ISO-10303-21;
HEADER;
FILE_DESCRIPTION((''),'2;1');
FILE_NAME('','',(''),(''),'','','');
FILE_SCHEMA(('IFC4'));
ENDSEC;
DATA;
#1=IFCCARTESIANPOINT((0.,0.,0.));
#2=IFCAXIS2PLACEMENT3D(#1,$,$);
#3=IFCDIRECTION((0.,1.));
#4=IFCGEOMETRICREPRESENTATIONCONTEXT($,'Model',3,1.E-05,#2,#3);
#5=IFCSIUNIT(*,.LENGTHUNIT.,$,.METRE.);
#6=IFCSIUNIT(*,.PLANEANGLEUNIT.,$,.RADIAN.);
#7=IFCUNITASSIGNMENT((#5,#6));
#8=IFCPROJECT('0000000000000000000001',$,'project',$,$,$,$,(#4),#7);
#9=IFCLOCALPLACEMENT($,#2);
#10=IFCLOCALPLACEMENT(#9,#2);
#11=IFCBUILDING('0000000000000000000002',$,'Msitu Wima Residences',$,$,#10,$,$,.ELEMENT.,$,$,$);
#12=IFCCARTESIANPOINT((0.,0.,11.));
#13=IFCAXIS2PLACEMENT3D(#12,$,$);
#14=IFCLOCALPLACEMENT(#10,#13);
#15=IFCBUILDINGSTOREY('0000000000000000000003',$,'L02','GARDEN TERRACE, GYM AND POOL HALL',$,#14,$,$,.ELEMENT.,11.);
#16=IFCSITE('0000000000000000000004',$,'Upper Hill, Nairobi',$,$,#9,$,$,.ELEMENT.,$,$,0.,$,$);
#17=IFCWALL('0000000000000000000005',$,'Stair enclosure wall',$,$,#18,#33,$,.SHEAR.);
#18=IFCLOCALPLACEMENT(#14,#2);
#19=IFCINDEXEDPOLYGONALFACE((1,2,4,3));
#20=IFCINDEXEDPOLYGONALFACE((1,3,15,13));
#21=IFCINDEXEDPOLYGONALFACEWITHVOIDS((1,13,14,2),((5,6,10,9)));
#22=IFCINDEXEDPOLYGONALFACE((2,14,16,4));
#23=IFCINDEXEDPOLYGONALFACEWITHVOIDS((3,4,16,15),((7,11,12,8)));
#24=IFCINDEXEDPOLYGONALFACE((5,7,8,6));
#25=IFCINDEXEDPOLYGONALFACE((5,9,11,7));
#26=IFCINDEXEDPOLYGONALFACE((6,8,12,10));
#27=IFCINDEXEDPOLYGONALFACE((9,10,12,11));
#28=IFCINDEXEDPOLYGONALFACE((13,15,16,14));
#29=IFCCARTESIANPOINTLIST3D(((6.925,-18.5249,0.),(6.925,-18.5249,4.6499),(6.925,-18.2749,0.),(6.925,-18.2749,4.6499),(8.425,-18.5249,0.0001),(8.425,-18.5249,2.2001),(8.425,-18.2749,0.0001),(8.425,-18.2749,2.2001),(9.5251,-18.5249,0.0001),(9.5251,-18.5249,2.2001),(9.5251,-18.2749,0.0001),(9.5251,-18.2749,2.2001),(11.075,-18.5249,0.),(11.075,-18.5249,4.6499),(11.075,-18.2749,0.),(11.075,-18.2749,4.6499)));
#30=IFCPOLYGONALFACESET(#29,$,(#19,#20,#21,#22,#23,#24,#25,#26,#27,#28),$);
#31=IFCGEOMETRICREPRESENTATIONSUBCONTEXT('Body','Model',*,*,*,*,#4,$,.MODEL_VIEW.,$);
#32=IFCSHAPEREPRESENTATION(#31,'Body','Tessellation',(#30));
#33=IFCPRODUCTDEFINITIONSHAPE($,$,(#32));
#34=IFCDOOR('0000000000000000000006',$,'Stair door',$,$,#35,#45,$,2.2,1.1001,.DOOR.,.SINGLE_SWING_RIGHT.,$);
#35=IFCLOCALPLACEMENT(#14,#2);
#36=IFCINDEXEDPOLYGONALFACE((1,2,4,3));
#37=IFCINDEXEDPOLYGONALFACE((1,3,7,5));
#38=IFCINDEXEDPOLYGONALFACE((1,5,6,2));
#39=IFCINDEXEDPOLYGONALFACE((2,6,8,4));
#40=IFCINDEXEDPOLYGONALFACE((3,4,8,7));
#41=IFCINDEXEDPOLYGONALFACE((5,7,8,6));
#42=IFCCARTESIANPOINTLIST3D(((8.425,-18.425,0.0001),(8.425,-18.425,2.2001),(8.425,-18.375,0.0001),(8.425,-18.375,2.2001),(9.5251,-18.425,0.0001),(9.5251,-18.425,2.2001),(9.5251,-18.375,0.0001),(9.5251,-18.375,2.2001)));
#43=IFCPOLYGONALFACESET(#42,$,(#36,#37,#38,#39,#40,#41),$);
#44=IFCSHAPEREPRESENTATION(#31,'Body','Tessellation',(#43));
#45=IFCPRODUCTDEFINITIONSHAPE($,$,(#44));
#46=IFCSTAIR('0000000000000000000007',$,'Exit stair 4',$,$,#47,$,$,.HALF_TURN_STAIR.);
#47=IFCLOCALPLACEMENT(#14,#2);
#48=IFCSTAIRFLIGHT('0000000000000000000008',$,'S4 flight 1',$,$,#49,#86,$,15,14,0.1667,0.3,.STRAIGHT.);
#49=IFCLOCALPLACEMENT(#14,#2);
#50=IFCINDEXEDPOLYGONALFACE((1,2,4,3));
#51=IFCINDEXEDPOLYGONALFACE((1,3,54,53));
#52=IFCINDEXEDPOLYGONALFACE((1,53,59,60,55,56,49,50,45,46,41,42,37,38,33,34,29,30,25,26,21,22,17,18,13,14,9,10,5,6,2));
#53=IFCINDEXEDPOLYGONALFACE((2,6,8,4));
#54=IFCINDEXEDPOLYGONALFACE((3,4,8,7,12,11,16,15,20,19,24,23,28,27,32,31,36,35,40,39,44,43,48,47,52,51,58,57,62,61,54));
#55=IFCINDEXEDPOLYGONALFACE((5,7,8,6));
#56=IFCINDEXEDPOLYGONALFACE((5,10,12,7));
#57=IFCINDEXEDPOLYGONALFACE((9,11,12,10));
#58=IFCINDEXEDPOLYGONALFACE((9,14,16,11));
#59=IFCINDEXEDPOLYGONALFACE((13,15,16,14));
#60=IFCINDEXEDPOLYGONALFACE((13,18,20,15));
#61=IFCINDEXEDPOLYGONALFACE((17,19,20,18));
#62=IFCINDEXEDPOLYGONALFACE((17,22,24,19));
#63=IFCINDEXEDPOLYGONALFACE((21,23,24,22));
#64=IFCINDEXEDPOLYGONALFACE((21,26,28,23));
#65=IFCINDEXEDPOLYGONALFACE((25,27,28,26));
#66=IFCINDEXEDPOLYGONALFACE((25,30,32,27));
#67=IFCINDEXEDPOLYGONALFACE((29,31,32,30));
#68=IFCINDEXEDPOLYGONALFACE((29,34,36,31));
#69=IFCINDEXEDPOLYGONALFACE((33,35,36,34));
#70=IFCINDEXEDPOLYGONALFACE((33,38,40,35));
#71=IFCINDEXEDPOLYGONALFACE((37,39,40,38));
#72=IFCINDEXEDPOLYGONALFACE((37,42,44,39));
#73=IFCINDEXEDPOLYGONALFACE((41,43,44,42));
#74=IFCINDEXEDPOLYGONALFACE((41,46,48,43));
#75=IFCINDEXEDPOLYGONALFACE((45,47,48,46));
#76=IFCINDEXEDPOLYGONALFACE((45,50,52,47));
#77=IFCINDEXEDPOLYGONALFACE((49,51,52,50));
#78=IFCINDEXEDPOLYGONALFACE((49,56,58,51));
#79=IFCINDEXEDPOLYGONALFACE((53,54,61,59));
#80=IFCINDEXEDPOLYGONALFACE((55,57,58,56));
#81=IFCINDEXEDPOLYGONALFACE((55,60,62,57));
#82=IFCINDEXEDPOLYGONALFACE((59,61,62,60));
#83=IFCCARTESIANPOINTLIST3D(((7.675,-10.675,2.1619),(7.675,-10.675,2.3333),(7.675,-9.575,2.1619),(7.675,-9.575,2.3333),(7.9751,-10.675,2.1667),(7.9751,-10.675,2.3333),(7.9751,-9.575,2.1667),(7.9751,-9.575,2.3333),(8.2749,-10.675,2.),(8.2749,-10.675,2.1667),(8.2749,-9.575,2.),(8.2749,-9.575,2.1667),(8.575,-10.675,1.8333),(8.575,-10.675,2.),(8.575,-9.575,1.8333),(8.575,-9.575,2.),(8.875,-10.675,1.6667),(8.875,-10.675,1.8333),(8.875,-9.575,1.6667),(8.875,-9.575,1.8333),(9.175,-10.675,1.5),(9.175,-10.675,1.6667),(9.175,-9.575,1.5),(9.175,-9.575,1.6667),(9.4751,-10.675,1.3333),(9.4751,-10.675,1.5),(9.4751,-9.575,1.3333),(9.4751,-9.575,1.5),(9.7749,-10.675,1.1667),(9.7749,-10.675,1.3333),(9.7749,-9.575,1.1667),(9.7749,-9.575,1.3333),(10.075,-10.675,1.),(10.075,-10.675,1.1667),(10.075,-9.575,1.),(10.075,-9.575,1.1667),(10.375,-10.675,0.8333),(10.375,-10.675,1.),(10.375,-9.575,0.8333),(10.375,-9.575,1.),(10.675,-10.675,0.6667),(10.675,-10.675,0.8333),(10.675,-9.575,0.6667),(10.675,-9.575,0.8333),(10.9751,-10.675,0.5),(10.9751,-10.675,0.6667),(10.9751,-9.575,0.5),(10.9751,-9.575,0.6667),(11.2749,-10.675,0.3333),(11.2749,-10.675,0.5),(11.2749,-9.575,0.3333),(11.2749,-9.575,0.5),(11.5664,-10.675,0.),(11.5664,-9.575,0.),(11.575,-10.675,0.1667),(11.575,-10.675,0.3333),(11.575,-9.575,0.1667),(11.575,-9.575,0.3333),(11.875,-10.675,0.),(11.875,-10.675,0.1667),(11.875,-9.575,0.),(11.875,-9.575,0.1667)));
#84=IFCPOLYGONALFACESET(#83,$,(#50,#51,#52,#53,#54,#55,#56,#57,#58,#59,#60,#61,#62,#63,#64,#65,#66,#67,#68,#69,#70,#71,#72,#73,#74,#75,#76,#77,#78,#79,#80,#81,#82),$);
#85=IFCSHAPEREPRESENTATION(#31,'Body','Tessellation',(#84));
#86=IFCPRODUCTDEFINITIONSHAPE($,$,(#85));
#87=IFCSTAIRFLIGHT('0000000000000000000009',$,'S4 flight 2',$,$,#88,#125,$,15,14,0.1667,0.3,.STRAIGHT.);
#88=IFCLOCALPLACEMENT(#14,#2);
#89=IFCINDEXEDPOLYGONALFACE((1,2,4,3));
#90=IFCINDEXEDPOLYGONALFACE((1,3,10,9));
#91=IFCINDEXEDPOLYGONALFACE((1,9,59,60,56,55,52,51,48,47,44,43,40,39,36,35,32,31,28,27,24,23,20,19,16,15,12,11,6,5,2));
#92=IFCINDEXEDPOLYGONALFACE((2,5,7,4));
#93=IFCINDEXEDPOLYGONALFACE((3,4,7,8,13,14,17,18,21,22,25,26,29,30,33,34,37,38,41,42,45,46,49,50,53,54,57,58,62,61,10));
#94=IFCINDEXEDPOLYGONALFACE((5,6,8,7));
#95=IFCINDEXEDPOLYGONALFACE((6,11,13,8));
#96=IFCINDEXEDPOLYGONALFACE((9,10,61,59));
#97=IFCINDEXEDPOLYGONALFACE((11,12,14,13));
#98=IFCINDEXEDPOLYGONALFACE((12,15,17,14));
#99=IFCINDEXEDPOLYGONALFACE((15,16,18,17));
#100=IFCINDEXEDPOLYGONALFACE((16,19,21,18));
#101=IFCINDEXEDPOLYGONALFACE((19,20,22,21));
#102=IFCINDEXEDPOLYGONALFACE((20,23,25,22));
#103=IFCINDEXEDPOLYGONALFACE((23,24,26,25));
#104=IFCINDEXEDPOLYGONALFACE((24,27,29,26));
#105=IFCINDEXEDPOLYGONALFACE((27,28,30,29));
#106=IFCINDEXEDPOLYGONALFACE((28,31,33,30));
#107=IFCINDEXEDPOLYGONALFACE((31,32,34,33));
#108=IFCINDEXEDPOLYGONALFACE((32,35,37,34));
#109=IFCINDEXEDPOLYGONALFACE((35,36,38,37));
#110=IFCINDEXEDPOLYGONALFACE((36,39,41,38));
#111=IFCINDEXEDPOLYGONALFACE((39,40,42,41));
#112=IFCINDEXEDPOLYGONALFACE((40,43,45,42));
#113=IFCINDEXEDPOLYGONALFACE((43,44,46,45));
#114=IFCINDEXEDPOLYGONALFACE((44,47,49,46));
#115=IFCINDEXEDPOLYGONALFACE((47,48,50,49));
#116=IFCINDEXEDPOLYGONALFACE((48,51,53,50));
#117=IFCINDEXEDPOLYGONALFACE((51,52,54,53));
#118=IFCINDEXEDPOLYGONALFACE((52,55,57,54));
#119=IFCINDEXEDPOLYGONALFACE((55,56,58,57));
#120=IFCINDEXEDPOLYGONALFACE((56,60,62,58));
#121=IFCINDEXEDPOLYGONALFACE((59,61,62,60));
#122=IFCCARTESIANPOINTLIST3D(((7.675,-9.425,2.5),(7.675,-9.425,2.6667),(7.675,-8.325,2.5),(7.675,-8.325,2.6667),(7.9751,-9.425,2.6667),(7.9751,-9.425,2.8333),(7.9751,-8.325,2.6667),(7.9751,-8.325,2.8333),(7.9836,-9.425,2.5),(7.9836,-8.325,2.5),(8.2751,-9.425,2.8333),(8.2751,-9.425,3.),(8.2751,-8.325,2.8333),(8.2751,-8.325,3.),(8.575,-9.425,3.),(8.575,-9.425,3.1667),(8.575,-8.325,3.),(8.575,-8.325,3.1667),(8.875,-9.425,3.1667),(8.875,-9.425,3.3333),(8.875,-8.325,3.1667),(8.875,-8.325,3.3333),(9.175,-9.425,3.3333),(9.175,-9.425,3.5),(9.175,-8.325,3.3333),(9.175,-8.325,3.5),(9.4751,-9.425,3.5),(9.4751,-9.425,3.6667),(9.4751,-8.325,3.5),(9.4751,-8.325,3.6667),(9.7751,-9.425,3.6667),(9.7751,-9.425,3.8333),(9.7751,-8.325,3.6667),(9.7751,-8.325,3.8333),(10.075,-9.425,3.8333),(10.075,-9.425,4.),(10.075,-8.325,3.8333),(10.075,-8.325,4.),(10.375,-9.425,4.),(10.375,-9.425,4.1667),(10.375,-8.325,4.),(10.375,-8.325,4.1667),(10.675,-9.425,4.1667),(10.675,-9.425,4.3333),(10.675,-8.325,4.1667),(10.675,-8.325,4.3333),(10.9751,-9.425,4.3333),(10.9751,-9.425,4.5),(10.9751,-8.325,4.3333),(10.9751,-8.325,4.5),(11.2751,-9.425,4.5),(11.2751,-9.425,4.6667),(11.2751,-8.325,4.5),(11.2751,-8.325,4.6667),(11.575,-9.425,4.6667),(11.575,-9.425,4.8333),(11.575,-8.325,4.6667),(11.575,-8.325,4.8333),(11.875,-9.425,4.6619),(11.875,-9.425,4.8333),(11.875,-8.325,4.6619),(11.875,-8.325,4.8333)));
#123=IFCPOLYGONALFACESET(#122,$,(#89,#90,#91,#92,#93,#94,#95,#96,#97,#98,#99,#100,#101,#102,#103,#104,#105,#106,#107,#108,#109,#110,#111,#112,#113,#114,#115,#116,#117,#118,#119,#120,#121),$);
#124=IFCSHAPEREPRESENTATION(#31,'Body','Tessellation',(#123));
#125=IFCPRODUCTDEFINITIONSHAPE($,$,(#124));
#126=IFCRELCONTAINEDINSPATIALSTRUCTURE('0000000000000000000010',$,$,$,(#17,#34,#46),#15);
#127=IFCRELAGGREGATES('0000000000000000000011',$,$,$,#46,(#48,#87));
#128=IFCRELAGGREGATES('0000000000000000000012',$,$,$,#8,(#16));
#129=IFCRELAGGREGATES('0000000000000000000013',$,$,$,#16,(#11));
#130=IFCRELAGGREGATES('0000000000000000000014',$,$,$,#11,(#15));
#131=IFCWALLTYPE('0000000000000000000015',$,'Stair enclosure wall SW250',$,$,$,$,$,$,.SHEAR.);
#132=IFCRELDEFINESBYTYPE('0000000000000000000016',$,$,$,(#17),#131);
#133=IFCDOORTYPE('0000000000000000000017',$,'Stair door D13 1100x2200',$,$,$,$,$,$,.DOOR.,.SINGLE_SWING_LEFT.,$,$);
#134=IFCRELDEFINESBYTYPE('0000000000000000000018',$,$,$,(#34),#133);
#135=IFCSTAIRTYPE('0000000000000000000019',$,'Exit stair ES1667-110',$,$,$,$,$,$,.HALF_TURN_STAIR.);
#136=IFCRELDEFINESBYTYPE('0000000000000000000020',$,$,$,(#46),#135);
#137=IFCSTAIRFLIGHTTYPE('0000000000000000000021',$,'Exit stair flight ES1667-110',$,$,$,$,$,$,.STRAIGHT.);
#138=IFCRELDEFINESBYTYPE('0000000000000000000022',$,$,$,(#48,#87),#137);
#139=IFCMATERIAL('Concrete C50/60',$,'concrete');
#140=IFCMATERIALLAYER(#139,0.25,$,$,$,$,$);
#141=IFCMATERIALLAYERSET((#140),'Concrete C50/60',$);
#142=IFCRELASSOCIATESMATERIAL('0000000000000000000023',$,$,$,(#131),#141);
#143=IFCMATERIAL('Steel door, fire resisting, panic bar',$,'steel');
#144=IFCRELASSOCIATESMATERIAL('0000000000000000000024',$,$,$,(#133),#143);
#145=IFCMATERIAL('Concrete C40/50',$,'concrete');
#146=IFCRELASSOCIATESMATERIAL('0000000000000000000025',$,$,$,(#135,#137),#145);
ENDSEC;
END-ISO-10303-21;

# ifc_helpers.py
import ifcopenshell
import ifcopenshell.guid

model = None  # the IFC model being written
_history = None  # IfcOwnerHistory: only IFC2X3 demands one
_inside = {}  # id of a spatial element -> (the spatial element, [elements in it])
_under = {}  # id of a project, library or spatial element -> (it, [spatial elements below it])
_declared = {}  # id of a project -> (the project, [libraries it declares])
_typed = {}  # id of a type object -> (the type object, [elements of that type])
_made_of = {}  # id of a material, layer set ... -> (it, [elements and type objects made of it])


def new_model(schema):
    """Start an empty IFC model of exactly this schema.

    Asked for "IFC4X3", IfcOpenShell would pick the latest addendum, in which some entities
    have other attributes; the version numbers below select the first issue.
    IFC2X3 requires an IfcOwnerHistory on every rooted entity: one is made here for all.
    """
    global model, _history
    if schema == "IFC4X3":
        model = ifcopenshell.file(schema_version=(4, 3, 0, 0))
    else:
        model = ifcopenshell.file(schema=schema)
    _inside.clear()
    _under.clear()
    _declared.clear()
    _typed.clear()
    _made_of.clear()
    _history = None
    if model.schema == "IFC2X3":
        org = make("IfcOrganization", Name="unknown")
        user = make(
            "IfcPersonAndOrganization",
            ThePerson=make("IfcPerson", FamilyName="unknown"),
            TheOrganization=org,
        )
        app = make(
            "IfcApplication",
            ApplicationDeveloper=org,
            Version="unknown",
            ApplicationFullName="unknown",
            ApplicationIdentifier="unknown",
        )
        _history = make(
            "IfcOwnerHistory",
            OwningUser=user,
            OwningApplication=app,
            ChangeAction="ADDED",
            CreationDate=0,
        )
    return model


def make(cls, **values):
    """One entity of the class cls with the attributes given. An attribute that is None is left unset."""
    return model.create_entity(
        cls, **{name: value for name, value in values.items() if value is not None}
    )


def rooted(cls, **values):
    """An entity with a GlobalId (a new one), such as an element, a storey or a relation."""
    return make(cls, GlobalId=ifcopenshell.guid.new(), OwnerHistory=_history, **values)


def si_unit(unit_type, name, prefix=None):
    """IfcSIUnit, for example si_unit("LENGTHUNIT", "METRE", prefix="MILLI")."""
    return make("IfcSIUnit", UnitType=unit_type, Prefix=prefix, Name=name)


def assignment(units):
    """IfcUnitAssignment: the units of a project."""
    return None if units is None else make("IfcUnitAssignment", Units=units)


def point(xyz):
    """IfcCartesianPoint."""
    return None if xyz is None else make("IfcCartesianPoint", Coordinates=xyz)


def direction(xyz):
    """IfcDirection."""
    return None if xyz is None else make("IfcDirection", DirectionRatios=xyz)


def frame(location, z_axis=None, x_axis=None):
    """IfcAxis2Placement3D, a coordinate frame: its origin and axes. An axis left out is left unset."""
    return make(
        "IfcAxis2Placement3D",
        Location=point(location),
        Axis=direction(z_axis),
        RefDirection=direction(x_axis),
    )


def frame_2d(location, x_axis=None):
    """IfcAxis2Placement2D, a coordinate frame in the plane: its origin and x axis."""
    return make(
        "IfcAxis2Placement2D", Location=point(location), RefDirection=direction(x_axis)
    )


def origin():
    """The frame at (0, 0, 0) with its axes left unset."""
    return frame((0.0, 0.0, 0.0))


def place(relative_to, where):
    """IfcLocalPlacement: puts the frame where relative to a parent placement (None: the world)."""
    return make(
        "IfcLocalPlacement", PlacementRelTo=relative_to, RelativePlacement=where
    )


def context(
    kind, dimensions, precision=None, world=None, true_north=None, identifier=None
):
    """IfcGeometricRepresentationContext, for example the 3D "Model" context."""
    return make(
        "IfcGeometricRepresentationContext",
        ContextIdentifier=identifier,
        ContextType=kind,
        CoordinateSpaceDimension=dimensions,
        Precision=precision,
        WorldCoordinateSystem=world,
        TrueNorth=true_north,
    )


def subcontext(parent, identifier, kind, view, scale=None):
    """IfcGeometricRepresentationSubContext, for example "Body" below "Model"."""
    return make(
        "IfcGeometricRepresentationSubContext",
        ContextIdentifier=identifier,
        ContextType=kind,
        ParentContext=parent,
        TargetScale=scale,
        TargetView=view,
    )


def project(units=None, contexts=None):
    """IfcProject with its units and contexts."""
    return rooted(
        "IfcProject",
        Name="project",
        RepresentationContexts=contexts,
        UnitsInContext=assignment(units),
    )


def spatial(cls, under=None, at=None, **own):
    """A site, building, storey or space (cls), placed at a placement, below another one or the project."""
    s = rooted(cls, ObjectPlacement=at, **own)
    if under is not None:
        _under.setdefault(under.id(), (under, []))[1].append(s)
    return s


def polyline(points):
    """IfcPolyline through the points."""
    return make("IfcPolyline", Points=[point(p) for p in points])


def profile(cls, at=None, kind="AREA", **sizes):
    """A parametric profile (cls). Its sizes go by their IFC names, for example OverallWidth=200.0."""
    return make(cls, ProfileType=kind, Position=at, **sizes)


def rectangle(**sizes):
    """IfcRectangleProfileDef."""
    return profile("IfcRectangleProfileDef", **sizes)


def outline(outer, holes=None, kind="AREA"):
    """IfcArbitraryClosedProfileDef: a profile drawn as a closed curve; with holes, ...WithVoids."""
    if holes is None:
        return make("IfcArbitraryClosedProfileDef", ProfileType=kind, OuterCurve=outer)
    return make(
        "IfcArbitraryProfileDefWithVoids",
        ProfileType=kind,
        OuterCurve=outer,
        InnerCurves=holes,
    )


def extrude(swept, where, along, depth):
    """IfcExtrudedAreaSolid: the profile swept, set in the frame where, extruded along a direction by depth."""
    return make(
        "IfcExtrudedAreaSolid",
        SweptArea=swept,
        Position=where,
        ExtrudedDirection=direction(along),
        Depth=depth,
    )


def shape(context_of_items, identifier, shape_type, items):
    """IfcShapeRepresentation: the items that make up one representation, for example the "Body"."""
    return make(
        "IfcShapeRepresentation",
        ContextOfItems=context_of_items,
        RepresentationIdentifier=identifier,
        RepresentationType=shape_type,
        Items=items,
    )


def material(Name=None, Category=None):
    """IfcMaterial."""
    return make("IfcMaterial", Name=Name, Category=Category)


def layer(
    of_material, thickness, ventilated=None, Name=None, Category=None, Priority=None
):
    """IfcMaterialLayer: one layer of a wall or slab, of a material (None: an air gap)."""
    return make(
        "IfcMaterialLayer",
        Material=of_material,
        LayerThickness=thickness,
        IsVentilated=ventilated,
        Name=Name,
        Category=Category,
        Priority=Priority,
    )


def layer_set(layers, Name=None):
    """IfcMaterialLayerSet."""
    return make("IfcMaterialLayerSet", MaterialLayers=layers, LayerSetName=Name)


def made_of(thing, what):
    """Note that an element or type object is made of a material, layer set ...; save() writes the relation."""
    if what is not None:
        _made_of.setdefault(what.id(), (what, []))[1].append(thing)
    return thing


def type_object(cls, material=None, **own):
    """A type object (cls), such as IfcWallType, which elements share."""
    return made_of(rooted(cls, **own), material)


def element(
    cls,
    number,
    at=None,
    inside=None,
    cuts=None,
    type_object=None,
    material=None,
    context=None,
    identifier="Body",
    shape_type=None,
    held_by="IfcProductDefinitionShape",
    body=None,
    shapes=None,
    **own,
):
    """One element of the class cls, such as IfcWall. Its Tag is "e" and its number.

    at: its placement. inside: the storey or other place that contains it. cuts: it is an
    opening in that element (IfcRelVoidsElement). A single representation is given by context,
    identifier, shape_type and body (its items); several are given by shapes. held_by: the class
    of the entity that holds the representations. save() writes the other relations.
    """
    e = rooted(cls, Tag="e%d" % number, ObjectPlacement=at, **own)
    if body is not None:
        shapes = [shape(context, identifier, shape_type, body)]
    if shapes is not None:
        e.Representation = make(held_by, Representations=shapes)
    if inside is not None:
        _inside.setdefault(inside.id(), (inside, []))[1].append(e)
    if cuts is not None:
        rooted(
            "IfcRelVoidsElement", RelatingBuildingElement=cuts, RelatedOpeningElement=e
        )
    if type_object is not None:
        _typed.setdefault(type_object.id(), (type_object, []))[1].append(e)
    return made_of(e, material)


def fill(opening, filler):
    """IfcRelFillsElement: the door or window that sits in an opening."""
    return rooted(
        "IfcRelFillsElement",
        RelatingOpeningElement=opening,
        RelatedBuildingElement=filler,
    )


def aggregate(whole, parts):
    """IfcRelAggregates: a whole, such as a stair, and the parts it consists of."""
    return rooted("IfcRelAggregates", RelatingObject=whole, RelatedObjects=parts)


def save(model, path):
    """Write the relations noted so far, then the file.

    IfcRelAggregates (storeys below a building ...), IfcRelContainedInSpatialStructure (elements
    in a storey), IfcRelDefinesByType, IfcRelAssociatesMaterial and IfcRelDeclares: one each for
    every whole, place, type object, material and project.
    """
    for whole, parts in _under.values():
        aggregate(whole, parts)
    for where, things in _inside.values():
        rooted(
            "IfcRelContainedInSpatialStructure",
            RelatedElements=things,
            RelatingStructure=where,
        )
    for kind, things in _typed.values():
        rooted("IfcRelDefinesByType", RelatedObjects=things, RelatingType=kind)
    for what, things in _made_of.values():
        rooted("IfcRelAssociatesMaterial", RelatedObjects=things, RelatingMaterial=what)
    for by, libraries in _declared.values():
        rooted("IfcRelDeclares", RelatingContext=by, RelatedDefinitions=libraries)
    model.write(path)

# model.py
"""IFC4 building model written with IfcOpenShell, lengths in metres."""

from ifc_helpers import new_model, si_unit, direction, frame, frame_2d, origin, place, context, subcontext, project, spatial, polyline, rectangle, outline, extrude, material, layer, layer_set, type_object, element, fill, aggregate, save


model = new_model("IFC4")

# Units and contexts
model_context = context("Model", 3, precision=1e-05, world=origin(), true_north=direction((0.0, 1.0)))
body_context = subcontext(model_context, "Body", "Model", "MODEL_VIEW")
ifc_project = project(units=[si_unit("LENGTHUNIT", "METRE"), si_unit("PLANEANGLEUNIT", "RADIAN")], contexts=[model_context])

# Site, building, storey
site_placement = place(None, origin())
site = spatial("IfcSite", under=ifc_project, at=site_placement, Name="Upper Hill, Nairobi", CompositionType="ELEMENT", RefElevation=0.0)
building_placement = place(site_placement, origin())
building = spatial("IfcBuilding", under=site, at=building_placement, Name="Msitu Wima Residences", CompositionType="ELEMENT")
storey_placement = place(building_placement, frame((0.0, 0.0, 11.0)))
storey = spatial("IfcBuildingStorey", under=building, at=storey_placement, Name="L02", Description="GARDEN TERRACE, GYM AND POOL HALL", CompositionType="ELEMENT", Elevation=11.0)

# Shared definitions
ifc_material_1 = material(Name="Concrete C40/50", Category="concrete")

# Shared definitions
ifc_material_2 = material(Name="Concrete C50/60", Category="concrete")
ifc_layer_1 = layer(ifc_material_2, 0.25)
ifc_layer_set_1 = layer_set([ifc_layer_1], Name="Concrete C50/60")
wall_type_1 = type_object("IfcWallType", Name="Stair enclosure wall SW250", PredefinedType="SHEAR", material=ifc_layer_set_1)

# Wall, opening, door
wall_1_placement = place(storey_placement, frame((6.925, -18.3999, 0.0), z_axis=(0.0, 0.0, 1.0), x_axis=(1.0, 0.0, 0.0)))
wall_1 = element("IfcWall", 1, at=wall_1_placement, inside=storey, type_object=wall_type_1, Name="Stair enclosure wall", PredefinedType="SHEAR", context=body_context, shape_type="SweptSolid", body=[
    extrude(rectangle(XDim=4.1499, YDim=0.25, at=frame_2d((2.075, 0.0))), origin(), (0.0, 0.0, 1.0), 4.6499),
])
opening_1_placement = place(wall_1_placement, frame((1.5, 0.0, 0.0)))
opening_1 = element("IfcOpeningElement", 2, at=opening_1_placement, cuts=wall_1, PredefinedType="OPENING", context=body_context, shape_type="SweptSolid", body=[
    extrude(rectangle(XDim=1.1001, YDim=2.2, at=frame_2d((0.55, 1.1001))), frame((0.0, 0.135, 0.0), z_axis=(0.0, -1.0, 0.0), x_axis=(1.0, 0.0, 0.0)), (0.0, 0.0, 1.0), 0.27),
])
ifc_material_3 = material(Name="Steel door, fire resisting, panic bar", Category="steel")
door_type_1 = type_object("IfcDoorType", Name="Stair door D13 1100x2200", OperationType="SINGLE_SWING_LEFT", PredefinedType="DOOR", material=ifc_material_3)
door_1_placement = place(opening_1_placement, origin())
door_1 = element("IfcDoor", 3, at=door_1_placement, inside=storey, type_object=door_type_1, Name="Stair door", OperationType="SINGLE_SWING_RIGHT", OverallHeight=2.2, OverallWidth=1.1001, PredefinedType="DOOR", context=body_context, shape_type="SweptSolid", body=[
    extrude(rectangle(XDim=1.1001, YDim=2.2, at=frame_2d((0.55, 1.1001))), frame((0.0, 0.0249, 0.0), z_axis=(0.0, -1.0, 0.0), x_axis=(1.0, 0.0, 0.0)), (0.0, 0.0, 1.0), 0.05),
])
fill(opening_1, door_1)

# Stair, stair flights
stair_type = type_object("IfcStairType", Name="Exit stair ES1667-110", PredefinedType="HALF_TURN_STAIR", material=ifc_material_1)
stair_placement = place(storey_placement, origin())
stair = element("IfcStair", 4, at=stair_placement, inside=storey, type_object=stair_type, Name="Exit stair 4", PredefinedType="HALF_TURN_STAIR")
stair_flight_type = type_object("IfcStairFlightType", Name="Exit stair flight ES1667-110", PredefinedType="STRAIGHT", material=ifc_material_1)
stair_flight_1_placement = place(storey_placement, frame((11.875, -10.125, 0.0), z_axis=(0.0, 0.0, 1.0), x_axis=(-1.0, 0.0, 0.0)))
stair_flight_1 = element("IfcStairFlight", 5, at=stair_flight_1_placement, type_object=stair_flight_type, Name="S4 flight 1", NumberOfRisers=15, NumberOfTreads=14, PredefinedType="STRAIGHT", RiserHeight=0.1667, TreadLength=0.3, context=body_context, shape_type="SweptSolid", body=[
    extrude(outline(polyline([(0.0, 0.0), (0.0, 0.1667), (0.3, 0.1667), (0.3, 0.3333), (0.6001, 0.3333), (0.6001, 0.5), (0.8999, 0.5), (0.8999, 0.6667), (1.2, 0.6667), (1.2, 0.8333), (1.5, 0.8333), (1.5, 1.0), (1.8, 1.0), (1.8, 1.1667), (2.1001, 1.1667), (2.1001, 1.3333), (2.3999, 1.3333), (2.3999, 1.5), (2.7, 1.5), (2.7, 1.6667), (3.0, 1.6667), (3.0, 1.8333), (3.3, 1.8333), (3.3, 2.0), (3.6001, 2.0), (3.6001, 2.1667), (3.8999, 2.1667), (3.8999, 2.3333), (4.2, 2.3333), (4.2, 2.5), (4.2, 2.1619), (0.3086, 0.0), (0.0, 0.0)])), frame((0.0, 0.55, 0.0), z_axis=(0.0, -1.0, 0.0), x_axis=(1.0, 0.0, 0.0)), (0.0, 0.0, 1.0), 1.1001),
])
stair_flight_2_placement = place(storey_placement, frame((7.675, -8.875, 2.5), z_axis=(0.0, 0.0, 1.0), x_axis=(1.0, 0.0, 0.0)))
stair_flight_2 = element("IfcStairFlight", 6, at=stair_flight_2_placement, type_object=stair_flight_type, Name="S4 flight 2", NumberOfRisers=15, NumberOfTreads=14, PredefinedType="STRAIGHT", RiserHeight=0.1667, TreadLength=0.3, context=body_context, shape_type="SweptSolid", body=[
    extrude(outline(polyline([(0.0, 0.0), (0.0, 0.1667), (0.3, 0.1667), (0.3, 0.3333), (0.6001, 0.3333), (0.6001, 0.5), (0.8999, 0.5), (0.8999, 0.6667), (1.2, 0.6667), (1.2, 0.8333), (1.5, 0.8333), (1.5, 1.0), (1.8, 1.0), (1.8, 1.1667), (2.1001, 1.1667), (2.1001, 1.3333), (2.3999, 1.3333), (2.3999, 1.5), (2.7, 1.5), (2.7, 1.6667), (3.0, 1.6667), (3.0, 1.8333), (3.3, 1.8333), (3.3, 2.0), (3.6001, 2.0), (3.6001, 2.1667), (3.8999, 2.1667), (3.8999, 2.3333), (4.2, 2.3333), (4.2, 2.5), (4.2, 2.1619), (0.3086, 0.0), (0.0, 0.0)])), frame((0.0, 0.55, 0.0), z_axis=(0.0, -1.0, 0.0), x_axis=(1.0, 0.0, 0.0)), (0.0, 0.0, 1.0), 1.1001),
])
aggregate(stair, [stair_flight_1, stair_flight_2])

save(model, "model.ifc")
